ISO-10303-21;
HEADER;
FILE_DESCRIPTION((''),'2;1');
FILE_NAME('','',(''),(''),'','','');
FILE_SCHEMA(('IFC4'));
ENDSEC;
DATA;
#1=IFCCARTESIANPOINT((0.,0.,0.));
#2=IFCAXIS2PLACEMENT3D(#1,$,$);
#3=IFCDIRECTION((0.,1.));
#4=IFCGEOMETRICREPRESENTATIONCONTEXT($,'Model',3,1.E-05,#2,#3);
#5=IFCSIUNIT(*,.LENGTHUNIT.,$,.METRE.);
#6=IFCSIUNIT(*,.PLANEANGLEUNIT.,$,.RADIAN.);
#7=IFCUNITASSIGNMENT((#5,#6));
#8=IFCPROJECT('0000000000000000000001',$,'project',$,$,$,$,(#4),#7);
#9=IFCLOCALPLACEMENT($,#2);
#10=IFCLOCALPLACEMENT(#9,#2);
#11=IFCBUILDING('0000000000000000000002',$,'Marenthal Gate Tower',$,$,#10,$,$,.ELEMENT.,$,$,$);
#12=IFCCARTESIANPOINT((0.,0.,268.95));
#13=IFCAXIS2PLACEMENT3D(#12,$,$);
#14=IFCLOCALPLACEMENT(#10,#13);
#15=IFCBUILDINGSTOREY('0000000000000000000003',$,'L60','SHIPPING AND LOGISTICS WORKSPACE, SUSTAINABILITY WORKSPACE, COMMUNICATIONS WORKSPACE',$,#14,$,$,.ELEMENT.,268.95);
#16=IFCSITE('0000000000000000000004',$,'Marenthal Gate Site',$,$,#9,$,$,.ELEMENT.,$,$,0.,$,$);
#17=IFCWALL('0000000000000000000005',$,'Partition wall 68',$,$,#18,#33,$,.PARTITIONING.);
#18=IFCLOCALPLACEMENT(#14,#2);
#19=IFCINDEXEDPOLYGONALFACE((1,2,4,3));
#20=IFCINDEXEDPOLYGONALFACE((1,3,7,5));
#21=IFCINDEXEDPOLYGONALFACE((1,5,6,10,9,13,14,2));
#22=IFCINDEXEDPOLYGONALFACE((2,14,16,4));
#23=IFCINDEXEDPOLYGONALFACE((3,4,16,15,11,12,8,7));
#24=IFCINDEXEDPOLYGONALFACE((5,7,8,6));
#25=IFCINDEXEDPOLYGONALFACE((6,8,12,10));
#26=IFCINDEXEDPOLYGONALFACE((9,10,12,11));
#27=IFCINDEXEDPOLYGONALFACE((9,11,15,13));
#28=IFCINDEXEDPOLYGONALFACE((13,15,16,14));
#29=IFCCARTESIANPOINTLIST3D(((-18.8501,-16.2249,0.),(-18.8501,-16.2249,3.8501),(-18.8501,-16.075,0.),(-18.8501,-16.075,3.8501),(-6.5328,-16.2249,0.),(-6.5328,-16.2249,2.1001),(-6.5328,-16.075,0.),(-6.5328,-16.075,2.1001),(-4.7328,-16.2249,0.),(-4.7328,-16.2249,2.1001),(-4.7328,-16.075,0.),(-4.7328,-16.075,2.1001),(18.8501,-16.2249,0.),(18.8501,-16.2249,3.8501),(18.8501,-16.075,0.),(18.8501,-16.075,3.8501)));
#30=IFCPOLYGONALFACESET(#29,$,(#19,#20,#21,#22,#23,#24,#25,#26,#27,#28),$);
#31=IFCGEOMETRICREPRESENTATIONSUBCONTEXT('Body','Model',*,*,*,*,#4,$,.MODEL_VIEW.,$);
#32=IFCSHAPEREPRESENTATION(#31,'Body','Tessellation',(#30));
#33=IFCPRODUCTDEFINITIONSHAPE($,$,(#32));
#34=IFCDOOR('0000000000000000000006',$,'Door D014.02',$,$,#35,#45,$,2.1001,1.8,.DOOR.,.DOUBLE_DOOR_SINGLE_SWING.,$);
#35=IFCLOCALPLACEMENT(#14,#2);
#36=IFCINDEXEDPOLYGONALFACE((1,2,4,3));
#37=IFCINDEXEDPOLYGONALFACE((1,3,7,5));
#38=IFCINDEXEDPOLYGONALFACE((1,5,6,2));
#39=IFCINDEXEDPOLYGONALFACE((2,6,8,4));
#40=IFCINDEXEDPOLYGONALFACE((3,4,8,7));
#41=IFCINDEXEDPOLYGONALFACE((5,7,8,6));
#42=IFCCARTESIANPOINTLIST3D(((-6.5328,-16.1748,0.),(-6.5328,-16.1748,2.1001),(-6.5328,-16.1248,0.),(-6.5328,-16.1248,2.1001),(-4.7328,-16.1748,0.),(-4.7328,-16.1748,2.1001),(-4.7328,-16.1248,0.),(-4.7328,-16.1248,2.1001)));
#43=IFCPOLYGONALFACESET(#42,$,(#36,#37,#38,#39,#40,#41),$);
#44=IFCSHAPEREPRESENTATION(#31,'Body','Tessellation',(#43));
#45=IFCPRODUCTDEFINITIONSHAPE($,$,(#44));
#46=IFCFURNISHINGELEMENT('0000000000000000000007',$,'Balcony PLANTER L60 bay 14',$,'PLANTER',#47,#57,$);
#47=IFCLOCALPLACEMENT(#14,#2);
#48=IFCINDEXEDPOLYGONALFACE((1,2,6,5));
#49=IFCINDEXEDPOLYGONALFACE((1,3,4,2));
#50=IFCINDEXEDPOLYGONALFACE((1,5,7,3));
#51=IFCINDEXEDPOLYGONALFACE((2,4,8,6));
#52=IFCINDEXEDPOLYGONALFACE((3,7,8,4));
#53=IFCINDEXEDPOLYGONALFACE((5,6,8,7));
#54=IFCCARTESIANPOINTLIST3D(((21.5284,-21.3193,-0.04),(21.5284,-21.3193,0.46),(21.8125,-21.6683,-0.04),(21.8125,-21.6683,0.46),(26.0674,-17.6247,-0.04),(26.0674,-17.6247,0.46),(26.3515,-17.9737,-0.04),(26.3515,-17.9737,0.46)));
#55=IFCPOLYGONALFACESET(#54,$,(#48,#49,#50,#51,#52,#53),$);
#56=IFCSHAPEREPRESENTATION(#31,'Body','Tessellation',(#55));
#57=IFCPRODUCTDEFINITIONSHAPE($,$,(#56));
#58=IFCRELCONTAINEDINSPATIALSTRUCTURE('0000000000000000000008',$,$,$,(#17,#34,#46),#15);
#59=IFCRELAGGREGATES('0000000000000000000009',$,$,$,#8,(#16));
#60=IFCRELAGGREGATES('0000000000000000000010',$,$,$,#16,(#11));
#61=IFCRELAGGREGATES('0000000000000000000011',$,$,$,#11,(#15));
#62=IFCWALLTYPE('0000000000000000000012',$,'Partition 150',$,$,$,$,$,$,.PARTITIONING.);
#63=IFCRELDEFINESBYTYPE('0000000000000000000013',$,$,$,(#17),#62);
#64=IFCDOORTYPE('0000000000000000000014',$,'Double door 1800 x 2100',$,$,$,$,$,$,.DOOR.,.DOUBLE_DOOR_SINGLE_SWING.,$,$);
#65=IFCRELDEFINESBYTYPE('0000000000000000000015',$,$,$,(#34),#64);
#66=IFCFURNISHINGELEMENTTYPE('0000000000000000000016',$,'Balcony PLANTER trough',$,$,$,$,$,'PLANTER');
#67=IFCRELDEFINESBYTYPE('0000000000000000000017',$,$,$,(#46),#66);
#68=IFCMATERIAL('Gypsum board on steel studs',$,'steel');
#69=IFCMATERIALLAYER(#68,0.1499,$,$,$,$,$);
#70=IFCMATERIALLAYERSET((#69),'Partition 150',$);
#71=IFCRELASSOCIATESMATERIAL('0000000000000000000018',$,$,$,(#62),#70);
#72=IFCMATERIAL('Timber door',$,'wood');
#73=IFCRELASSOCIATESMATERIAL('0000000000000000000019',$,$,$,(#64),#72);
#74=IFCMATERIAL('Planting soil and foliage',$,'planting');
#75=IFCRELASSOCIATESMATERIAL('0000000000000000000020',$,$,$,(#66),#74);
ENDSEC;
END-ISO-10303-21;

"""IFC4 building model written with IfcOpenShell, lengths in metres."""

from ifc_helpers import new_model, si_unit, direction, frame, frame_2d, origin, origin_2d, place, context, subcontext, project, spatial, rectangle, extrude, material, layer, layer_set, type_object, element, fill, save


model = new_model("IFC4")

# Units and contexts
model_context = context("Model", 3, precision=1e-05, world=origin(), true_north=direction((0.0, 1.0)))
body_context = subcontext(model_context, "Body", "Model", "MODEL_VIEW")
ifc_project = project(units=[si_unit("LENGTHUNIT", "METRE"), si_unit("PLANEANGLEUNIT", "RADIAN")], contexts=[model_context])

# Site, building, storey
site_placement = place(None, origin())
site = spatial("IfcSite", under=ifc_project, at=site_placement, Name="Marenthal Gate Site", CompositionType="ELEMENT", RefElevation=0.0)
building_placement = place(site_placement, origin())
building = spatial("IfcBuilding", under=site, at=building_placement, Name="Marenthal Gate Tower", CompositionType="ELEMENT")
storey_placement = place(building_placement, frame((0.0, 0.0, 268.95)))
storey = spatial("IfcBuildingStorey", under=building, at=storey_placement, Name="L60", Description="SHIPPING AND LOGISTICS WORKSPACE, SUSTAINABILITY WORKSPACE, COMMUNICATIONS WORKSPACE", CompositionType="ELEMENT", Elevation=268.95)

# Wall, opening, door
ifc_material_1 = material(Name="Gypsum board on steel studs", Category="steel")
ifc_layer_1 = layer(ifc_material_1, 0.1499)
ifc_layer_set_1 = layer_set([ifc_layer_1], Name="Partition 150")
wall_type_1 = type_object("IfcWallType", Name="Partition 150", PredefinedType="PARTITIONING", material=ifc_layer_set_1)
wall_1_placement = place(storey_placement, frame((18.8501, -16.1499, 0.0), z_axis=(0.0, 0.0, 1.0), x_axis=(-1.0, 0.0, 0.0)))
wall_1 = element("IfcWall", 1, at=wall_1_placement, inside=storey, type_object=wall_type_1, Name="Partition wall 68", PredefinedType="PARTITIONING", context=body_context, shape_type="SweptSolid", body=[
    extrude(rectangle(XDim=37.7002, YDim=0.1499, at=frame_2d((18.8501, 0.0))), origin(), (0.0, 0.0, 1.0), 3.8501),
])
opening_1_placement = place(wall_1_placement, frame((23.583, 0.0, 0.0)))
opening_1 = element("IfcOpeningElement", 2, at=opening_1_placement, cuts=wall_1, PredefinedType="OPENING", context=body_context, shape_type="SweptSolid", body=[
    extrude(rectangle(XDim=1.8, YDim=2.1001, at=frame_2d((0.8999, 1.05))), frame((0.0, 0.085, 0.0), z_axis=(0.0, -1.0, 0.0), x_axis=(1.0, 0.0, 0.0)), (0.0, 0.0, 1.0), 0.1699),
])
ifc_material_2 = material(Name="Timber door", Category="wood")
door_type_1 = type_object("IfcDoorType", Name="Double door 1800 x 2100", OperationType="DOUBLE_DOOR_SINGLE_SWING", PredefinedType="DOOR", material=ifc_material_2)
door_1_placement = place(opening_1_placement, origin())
door_1 = element("IfcDoor", 3, at=door_1_placement, inside=storey, type_object=door_type_1, Name="Door D014.02", OperationType="DOUBLE_DOOR_SINGLE_SWING", OverallHeight=2.1001, OverallWidth=1.8, PredefinedType="DOOR", context=body_context, shape_type="SweptSolid", body=[
    extrude(rectangle(XDim=1.8, YDim=2.1001, at=frame_2d((0.8999, 1.05))), frame((0.0, 0.0249, 0.0), z_axis=(0.0, -1.0, 0.0), x_axis=(1.0, 0.0, 0.0)), (0.0, 0.0, 1.0), 0.05),
])
fill(opening_1, door_1)

# Furnishing element
ifc_material_3 = material(Name="Planting soil and foliage", Category="planting")
furnishing_element_type = type_object("IfcFurnishingElementType", Name="Balcony PLANTER trough", ElementType="PLANTER", material=ifc_material_3)
furnishing_placement = place(storey_placement, frame((23.9399, -19.6465, -0.04), z_axis=(0.0, 0.0, 1.0), x_axis=(0.775557, 0.631278, 0.0)))
element("IfcFurnishingElement", 4, at=furnishing_placement, inside=storey, type_object=furnishing_element_type, Name="Balcony PLANTER L60 bay 14", ObjectType="PLANTER", context=body_context, shape_type="SweptSolid", body=[
    extrude(rectangle(XDim=5.8525, YDim=0.45, at=origin_2d()), origin(), (0.0, 0.0, 1.0), 0.5),
])

save(model, "model.ifc")
